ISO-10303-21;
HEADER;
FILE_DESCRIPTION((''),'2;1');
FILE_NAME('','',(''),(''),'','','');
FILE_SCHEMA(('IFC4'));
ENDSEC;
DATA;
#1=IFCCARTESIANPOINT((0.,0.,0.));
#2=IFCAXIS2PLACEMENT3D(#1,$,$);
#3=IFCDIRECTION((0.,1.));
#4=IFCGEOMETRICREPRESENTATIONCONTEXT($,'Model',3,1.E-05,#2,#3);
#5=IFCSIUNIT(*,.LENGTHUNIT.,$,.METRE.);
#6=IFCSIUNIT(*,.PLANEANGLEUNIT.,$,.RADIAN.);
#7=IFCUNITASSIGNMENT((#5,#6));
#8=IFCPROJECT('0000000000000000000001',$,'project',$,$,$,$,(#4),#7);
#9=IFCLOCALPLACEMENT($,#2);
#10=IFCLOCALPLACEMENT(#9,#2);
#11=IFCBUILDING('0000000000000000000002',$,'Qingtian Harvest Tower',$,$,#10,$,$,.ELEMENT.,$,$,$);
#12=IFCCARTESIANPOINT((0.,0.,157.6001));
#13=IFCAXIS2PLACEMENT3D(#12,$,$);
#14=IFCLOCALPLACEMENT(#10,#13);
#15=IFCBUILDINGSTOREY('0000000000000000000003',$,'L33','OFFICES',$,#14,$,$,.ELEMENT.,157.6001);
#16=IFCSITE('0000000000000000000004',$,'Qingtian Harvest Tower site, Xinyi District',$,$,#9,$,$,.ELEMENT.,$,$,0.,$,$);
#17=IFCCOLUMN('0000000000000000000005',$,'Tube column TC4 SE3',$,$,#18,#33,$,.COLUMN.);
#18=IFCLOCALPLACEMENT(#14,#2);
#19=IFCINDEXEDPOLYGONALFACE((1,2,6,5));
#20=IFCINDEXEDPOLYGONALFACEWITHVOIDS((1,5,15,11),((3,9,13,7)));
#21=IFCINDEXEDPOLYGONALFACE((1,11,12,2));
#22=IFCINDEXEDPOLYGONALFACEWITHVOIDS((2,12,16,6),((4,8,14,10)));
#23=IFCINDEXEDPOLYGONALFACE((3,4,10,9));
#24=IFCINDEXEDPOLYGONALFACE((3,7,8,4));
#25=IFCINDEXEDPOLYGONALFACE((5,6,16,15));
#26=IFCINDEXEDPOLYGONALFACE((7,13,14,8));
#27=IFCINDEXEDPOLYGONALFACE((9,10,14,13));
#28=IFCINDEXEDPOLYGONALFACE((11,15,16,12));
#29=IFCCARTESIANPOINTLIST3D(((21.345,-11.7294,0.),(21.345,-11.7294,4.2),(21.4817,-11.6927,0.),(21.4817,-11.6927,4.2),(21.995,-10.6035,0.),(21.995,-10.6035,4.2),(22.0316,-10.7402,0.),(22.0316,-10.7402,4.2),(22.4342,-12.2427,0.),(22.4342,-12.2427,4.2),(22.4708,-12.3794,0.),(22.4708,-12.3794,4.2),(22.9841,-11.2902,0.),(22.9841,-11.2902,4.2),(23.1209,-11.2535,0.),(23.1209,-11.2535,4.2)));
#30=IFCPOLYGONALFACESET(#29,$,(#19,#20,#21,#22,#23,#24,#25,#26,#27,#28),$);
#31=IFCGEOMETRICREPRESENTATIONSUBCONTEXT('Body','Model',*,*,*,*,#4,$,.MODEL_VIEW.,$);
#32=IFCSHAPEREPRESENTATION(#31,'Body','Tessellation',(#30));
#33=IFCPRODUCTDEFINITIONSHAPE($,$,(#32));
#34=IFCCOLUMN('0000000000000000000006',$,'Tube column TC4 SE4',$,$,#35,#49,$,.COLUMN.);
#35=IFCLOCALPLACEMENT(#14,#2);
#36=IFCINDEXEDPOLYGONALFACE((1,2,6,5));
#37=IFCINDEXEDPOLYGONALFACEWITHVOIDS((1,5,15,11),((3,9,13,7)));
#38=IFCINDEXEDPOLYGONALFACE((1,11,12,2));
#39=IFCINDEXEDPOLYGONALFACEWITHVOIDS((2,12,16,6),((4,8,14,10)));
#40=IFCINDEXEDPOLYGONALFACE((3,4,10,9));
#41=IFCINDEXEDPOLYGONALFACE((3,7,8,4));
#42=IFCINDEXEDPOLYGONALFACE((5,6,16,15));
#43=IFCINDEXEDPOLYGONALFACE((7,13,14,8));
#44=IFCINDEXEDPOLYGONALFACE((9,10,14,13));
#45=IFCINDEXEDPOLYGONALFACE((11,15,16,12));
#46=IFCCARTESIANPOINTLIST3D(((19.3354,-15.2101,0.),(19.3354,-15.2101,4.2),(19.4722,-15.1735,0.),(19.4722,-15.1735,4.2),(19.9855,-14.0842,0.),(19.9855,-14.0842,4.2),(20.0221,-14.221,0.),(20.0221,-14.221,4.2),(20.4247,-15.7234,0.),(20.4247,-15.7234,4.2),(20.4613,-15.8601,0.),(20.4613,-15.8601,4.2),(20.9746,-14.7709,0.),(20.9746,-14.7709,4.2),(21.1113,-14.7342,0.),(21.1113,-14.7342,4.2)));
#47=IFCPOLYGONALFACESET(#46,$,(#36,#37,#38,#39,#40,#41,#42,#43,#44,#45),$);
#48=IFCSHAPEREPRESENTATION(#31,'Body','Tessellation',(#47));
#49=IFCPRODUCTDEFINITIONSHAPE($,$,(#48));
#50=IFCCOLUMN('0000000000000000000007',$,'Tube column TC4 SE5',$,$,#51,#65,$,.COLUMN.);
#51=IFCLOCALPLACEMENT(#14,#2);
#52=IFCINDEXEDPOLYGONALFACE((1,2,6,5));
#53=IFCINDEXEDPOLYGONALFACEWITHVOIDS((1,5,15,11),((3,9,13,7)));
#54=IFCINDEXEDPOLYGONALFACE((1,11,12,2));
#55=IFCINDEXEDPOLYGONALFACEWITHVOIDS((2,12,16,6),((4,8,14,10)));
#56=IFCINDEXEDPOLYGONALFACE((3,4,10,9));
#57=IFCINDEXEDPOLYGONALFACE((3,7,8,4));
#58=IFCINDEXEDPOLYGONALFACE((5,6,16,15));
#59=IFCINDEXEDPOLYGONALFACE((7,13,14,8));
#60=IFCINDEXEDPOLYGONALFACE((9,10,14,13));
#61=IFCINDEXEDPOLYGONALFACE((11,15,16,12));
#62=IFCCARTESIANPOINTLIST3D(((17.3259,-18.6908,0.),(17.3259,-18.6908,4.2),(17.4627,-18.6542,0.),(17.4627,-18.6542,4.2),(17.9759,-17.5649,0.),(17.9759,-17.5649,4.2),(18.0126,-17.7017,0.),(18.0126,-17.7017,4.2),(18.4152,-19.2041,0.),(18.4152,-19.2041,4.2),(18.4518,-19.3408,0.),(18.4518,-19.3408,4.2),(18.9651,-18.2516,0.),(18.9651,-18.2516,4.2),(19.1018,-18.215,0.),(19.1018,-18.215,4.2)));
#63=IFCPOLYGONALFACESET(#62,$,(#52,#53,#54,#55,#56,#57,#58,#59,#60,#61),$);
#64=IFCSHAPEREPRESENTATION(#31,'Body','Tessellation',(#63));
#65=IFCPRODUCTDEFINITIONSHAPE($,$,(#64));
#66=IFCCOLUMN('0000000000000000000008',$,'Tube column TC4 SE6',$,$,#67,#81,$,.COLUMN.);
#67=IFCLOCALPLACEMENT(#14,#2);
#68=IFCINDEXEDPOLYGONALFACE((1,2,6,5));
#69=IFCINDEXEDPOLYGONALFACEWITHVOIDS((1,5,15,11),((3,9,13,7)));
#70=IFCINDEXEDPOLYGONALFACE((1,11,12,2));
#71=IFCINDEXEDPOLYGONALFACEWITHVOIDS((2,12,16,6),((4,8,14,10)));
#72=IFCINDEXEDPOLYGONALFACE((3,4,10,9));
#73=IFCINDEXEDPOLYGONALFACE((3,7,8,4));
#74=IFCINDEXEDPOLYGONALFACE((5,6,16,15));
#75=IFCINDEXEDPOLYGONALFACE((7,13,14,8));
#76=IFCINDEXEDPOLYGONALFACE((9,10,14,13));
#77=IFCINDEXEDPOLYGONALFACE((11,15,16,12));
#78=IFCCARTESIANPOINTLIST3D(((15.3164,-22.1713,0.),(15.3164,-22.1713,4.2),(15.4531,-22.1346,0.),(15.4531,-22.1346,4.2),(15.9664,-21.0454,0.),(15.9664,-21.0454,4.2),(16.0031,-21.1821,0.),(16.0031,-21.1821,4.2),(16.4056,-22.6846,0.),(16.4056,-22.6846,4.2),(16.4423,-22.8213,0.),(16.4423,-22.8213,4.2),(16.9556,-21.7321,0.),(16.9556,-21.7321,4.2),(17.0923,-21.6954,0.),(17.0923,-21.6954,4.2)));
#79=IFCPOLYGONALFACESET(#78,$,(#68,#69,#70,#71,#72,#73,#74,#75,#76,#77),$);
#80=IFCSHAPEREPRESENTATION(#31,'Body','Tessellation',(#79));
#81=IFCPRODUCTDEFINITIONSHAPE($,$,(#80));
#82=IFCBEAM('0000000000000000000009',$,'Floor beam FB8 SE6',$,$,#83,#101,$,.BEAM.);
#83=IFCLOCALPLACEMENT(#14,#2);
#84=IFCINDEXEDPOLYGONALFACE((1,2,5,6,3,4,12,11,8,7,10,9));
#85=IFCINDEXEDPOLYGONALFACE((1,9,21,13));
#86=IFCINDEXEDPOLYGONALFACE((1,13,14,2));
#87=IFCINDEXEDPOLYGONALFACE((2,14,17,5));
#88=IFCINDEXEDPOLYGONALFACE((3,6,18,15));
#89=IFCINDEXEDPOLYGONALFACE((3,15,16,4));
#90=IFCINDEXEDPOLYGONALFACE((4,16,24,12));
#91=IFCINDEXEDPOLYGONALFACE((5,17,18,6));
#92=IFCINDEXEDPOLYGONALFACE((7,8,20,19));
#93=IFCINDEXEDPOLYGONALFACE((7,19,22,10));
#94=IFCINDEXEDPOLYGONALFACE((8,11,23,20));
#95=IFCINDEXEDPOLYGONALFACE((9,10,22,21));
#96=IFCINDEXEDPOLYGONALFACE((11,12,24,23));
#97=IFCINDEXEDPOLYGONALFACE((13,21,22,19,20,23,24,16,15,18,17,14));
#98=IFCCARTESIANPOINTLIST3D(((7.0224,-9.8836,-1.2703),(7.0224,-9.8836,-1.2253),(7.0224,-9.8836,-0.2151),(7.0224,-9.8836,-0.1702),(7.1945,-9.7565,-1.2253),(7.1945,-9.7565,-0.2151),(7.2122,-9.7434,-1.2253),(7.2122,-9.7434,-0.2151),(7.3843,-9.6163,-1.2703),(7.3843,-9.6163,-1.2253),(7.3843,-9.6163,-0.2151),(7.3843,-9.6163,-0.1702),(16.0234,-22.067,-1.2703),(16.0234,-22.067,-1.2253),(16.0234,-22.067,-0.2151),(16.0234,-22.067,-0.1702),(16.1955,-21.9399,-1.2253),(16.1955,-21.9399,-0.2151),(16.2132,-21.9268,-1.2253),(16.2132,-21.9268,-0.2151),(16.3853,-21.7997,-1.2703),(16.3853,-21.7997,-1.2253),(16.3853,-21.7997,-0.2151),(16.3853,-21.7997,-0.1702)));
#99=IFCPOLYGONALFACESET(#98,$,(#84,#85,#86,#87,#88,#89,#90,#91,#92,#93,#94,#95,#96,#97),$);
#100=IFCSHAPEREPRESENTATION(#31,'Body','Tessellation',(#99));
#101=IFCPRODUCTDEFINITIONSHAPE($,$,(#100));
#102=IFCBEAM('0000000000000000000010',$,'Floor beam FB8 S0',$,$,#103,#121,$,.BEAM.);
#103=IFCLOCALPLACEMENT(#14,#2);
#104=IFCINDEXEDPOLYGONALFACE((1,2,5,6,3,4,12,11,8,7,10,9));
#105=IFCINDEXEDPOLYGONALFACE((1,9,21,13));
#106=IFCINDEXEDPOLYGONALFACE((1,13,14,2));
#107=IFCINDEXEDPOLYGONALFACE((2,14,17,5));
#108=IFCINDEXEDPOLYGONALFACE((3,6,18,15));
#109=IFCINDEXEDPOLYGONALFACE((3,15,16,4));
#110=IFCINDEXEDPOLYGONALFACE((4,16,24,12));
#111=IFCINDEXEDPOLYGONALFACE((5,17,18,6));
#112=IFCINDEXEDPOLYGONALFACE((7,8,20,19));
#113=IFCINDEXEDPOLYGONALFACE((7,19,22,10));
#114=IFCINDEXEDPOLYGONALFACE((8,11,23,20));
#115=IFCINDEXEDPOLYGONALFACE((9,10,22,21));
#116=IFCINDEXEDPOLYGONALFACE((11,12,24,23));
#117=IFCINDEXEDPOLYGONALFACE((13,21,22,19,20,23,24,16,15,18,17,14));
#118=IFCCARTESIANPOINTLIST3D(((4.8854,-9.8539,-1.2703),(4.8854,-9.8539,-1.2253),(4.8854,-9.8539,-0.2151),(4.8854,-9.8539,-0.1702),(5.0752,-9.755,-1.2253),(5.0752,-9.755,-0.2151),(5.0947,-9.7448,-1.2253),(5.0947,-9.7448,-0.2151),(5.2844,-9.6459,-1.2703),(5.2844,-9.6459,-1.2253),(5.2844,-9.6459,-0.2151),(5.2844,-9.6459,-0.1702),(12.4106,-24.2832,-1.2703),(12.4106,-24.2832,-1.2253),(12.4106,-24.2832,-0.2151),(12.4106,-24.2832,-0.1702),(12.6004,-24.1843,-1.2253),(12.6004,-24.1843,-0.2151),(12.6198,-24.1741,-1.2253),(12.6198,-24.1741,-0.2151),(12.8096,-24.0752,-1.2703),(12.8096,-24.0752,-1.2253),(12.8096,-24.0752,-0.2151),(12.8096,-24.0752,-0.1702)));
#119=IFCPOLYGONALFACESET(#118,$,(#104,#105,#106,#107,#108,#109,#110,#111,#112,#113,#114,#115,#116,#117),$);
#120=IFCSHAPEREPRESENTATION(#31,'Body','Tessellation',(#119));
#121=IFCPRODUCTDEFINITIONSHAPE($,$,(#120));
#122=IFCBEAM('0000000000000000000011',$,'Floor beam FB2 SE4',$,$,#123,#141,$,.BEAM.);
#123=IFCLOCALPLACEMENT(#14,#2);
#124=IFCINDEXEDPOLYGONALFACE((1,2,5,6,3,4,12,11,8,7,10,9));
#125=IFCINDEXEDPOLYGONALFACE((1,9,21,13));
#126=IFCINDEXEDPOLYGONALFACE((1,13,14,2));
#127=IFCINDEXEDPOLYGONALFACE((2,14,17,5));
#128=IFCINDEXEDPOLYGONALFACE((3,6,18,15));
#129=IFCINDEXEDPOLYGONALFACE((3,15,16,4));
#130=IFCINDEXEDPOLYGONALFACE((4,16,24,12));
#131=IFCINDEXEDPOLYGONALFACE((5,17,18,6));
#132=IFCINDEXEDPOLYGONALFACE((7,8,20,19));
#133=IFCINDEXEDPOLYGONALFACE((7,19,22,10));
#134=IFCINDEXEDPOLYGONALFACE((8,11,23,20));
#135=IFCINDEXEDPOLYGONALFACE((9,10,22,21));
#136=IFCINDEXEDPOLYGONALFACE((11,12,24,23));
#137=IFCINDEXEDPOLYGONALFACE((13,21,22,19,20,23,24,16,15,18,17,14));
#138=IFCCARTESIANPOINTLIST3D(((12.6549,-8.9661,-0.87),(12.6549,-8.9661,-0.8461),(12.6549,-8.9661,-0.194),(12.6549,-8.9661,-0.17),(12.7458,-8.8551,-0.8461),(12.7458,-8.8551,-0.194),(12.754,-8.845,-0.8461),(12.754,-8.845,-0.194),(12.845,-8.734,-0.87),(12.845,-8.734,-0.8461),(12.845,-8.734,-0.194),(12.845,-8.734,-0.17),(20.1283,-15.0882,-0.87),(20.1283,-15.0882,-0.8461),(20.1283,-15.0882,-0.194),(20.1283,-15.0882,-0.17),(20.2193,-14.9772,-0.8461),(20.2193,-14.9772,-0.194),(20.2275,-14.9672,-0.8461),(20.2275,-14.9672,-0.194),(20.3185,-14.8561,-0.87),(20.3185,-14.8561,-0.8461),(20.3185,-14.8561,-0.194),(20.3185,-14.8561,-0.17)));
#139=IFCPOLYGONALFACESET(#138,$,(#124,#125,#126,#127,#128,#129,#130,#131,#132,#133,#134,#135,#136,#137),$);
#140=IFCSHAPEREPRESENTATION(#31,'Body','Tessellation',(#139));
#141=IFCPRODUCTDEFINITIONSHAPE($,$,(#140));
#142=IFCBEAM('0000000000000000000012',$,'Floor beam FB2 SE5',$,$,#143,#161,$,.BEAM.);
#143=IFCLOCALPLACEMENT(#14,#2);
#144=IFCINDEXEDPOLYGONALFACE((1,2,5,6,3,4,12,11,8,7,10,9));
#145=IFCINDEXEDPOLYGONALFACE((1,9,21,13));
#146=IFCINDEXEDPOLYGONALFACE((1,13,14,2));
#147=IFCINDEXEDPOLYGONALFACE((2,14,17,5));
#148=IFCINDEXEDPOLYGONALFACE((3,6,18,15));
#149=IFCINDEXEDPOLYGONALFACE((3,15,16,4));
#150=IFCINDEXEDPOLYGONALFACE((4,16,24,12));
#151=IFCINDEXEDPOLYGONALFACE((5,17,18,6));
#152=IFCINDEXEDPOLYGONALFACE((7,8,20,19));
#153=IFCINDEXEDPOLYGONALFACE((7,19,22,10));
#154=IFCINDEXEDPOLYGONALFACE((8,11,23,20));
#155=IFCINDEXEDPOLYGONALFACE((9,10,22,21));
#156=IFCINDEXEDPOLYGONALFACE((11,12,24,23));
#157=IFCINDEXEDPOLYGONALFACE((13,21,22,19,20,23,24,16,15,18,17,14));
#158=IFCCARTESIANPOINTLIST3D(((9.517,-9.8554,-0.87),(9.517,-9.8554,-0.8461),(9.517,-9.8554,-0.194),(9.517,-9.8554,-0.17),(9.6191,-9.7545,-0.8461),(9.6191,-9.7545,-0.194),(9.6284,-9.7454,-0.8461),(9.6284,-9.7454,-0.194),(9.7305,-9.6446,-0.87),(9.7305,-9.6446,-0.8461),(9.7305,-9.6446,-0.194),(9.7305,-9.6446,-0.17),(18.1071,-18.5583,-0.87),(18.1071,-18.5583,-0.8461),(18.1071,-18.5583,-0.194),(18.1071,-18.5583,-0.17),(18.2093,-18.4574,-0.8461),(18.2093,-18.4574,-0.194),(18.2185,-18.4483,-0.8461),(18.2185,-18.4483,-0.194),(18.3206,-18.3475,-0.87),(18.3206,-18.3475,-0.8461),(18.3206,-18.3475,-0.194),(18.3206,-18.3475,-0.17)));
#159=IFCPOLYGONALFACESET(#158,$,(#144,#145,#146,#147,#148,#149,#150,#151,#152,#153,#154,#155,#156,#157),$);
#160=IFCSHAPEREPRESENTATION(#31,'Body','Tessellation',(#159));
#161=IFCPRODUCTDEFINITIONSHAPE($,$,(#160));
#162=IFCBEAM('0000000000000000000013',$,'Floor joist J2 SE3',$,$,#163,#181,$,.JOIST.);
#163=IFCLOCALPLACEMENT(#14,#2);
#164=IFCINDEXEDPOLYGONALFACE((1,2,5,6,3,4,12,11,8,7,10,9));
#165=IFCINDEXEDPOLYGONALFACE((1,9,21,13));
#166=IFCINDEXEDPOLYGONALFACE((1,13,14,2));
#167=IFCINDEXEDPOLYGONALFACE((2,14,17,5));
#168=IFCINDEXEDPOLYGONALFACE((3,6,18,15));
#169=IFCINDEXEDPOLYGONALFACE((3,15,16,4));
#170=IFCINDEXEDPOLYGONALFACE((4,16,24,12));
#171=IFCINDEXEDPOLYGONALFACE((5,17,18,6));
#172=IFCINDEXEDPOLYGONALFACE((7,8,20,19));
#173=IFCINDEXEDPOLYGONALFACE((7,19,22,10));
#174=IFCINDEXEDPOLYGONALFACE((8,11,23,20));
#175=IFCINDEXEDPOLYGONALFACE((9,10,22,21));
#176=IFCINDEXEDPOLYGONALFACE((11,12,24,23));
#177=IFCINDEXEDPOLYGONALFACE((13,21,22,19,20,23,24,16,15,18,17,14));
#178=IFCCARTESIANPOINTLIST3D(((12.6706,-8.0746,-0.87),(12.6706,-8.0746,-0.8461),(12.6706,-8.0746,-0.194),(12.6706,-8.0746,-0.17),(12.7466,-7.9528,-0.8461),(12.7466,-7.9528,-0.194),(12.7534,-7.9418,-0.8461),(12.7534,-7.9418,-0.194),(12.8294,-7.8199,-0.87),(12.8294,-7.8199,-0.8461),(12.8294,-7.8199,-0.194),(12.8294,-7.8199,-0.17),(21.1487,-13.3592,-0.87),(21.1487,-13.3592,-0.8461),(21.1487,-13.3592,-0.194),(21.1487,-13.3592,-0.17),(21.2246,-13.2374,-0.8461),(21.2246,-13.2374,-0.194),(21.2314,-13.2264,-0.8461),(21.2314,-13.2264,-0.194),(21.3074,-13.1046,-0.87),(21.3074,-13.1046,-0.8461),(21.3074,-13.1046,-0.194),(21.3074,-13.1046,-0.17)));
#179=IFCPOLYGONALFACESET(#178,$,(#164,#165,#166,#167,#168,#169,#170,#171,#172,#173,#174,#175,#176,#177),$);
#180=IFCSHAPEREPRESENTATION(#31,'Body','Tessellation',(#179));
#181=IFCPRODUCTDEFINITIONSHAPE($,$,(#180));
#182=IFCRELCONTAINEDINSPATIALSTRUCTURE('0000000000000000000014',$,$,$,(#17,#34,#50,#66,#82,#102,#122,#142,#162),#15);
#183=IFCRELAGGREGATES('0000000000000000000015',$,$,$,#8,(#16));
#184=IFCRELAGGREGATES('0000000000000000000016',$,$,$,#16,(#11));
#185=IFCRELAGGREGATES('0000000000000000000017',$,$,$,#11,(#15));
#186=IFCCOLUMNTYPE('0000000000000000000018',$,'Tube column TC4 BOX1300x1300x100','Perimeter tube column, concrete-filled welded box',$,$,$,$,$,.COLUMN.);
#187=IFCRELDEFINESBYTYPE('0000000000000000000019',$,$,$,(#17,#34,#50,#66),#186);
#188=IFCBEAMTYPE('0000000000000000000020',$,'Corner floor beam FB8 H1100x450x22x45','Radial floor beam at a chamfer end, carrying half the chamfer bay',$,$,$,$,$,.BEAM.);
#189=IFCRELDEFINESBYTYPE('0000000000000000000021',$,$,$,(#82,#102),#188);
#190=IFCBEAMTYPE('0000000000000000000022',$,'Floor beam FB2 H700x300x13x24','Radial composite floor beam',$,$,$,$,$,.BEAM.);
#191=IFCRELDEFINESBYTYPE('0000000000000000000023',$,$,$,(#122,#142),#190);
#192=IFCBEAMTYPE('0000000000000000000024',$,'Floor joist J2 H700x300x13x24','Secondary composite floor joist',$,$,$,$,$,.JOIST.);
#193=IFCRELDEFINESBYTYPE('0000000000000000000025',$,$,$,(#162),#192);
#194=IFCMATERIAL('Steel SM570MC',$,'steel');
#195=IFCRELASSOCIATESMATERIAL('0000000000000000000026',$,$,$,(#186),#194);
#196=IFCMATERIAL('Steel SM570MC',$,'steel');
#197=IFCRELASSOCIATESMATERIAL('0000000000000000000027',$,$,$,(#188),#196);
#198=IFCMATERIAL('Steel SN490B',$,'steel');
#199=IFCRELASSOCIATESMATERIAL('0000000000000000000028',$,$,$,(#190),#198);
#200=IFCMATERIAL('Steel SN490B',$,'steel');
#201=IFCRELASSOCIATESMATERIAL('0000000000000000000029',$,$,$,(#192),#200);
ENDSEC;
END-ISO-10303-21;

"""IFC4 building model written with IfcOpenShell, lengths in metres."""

from ifc_helpers import new_model, si_unit, direction, frame, origin, origin_2d, place, context, subcontext, project, spatial, hollow_rectangle, i_section, extrude, material, material_profile, profile_set, type_object, element, save


model = new_model("IFC4")

# Units and contexts
model_context = context("Model", 3, precision=1e-05, world=origin(), true_north=direction((0.0, 1.0)))
body_context = subcontext(model_context, "Body", "Model", "MODEL_VIEW")
ifc_project = project(units=[si_unit("LENGTHUNIT", "METRE"), si_unit("PLANEANGLEUNIT", "RADIAN")], contexts=[model_context])

# Site, building, storey
site_placement = place(None, origin())
site = spatial("IfcSite", under=ifc_project, at=site_placement, Name="Qingtian Harvest Tower site, Xinyi District", CompositionType="ELEMENT", RefElevation=0.0)
building_placement = place(site_placement, origin())
building = spatial("IfcBuilding", under=site, at=building_placement, Name="Qingtian Harvest Tower", CompositionType="ELEMENT")
storey_placement = place(building_placement, frame((0.0, 0.0, 157.6001)))
storey = spatial("IfcBuildingStorey", under=building, at=storey_placement, Name="L33", Description="OFFICES", CompositionType="ELEMENT", Elevation=157.6001)

# Columns
ifc_material_1 = material(Name="Steel SM570MC", Category="steel")
ifc_material_profile_1 = material_profile(ifc_material_1, hollow_rectangle(XDim=1.3, YDim=1.3, WallThickness=0.1001, at=origin_2d()), Name="BOX1300x1300x100")
ifc_profile_set_1 = profile_set([ifc_material_profile_1], Name="Steel SM570MC")
column_type = type_object("IfcColumnType", Name="Tube column TC4 BOX1300x1300x100", Description="Perimeter tube column, concrete-filled welded box", PredefinedType="COLUMN", material=ifc_profile_set_1)
for number, where, z_axis, x_axis, name in (
    (1, (22.2329, -11.4915, 0.0), (0.0, 0.0, 1.0), (0.5, 0.866025, 0.0), "Tube column TC4 SE3"),
    (2, (20.2234, -14.9722, 0.0), (0.0, 0.0, 1.0), (0.5, 0.866025, 0.0), "Tube column TC4 SE4"),
    (3, (18.2139, -18.4529, 0.0), (0.0, 0.0, 1.0), (0.5, 0.866025, 0.0), "Tube column TC4 SE5"),
    (4, (16.2043, -21.9333, 0.0), (0.0, 0.0, 1.0), (0.5, 0.866025, 0.0), "Tube column TC4 SE6"),
):
    element("IfcColumn", number, at=place(storey_placement, frame(where, z_axis=z_axis, x_axis=x_axis)), inside=storey, type_object=column_type, Name=name, PredefinedType="COLUMN", context=body_context, shape_type="SweptSolid", body=[
        extrude(hollow_rectangle(XDim=1.3, YDim=1.3, WallThickness=0.1001, at=origin_2d()), origin(), (0.0, 0.0, 1.0), 4.2),
    ])

# Beams
ifc_material_2 = material(Name="Steel SM570MC", Category="steel")
ifc_material_profile_2 = material_profile(ifc_material_2, i_section(OverallWidth=0.45, OverallDepth=1.1001, WebThickness=0.022, FlangeThickness=0.0449, at=origin_2d()), Name="H1100x450x22x45")
ifc_profile_set_2 = profile_set([ifc_material_profile_2], Name="Steel SM570MC")
beam_type_1 = type_object("IfcBeamType", Name="Corner floor beam FB8 H1100x450x22x45", Description="Radial floor beam at a chamfer end, carrying half the chamfer bay", PredefinedType="BEAM", material=ifc_profile_set_2)
beam_1_placement = place(storey_placement, frame((16.2043, -21.9333, -0.7202), z_axis=(-0.594216, 0.804306, 0.0), x_axis=(-0.804306, -0.594216, 0.0)))
element("IfcBeam", 5, at=beam_1_placement, inside=storey, type_object=beam_type_1, Name="Floor beam FB8 SE6", PredefinedType="BEAM", context=body_context, shape_type="SweptSolid", body=[
    extrude(i_section(OverallWidth=0.45, OverallDepth=1.1001, WebThickness=0.022, FlangeThickness=0.0449, at=origin_2d()), origin(), (0.0, 0.0, 1.0), 15.1477),
])
beam_2_placement = place(storey_placement, frame((12.6101, -24.1792, -0.7202), z_axis=(-0.462415, 0.886664, 0.0), x_axis=(-0.886664, -0.462415, 0.0)))
element("IfcBeam", 6, at=beam_2_placement, inside=storey, type_object=beam_type_1, Name="Floor beam FB8 S0", PredefinedType="BEAM", context=body_context, shape_type="SweptSolid", body=[
    extrude(i_section(OverallWidth=0.45, OverallDepth=1.1001, WebThickness=0.022, FlangeThickness=0.0449, at=origin_2d()), origin(), (0.0, 0.0, 1.0), 16.2737),
])
ifc_material_3 = material(Name="Steel SN490B", Category="steel")
ifc_material_profile_3 = material_profile(ifc_material_3, i_section(OverallWidth=0.3, OverallDepth=0.7, WebThickness=0.0129, FlangeThickness=0.0239, at=origin_2d()), Name="H700x300x13x24")
ifc_profile_set_3 = profile_set([ifc_material_profile_3], Name="Steel SN490B")
beam_type_2 = type_object("IfcBeamType", Name="Floor beam FB2 H700x300x13x24", Description="Radial composite floor beam", PredefinedType="BEAM", material=ifc_profile_set_3)
beam_3_placement = place(storey_placement, frame((20.2234, -14.9722, -0.52), z_axis=(-0.773578, 0.633701, 0.0), x_axis=(-0.633701, -0.773578, 0.0)))
element("IfcBeam", 7, at=beam_3_placement, inside=storey, type_object=beam_type_2, Name="Floor beam FB2 SE4", PredefinedType="BEAM", context=body_context, shape_type="SweptSolid", body=[
    extrude(i_section(OverallWidth=0.3, OverallDepth=0.7, WebThickness=0.0129, FlangeThickness=0.0239, at=origin_2d()), origin(), (0.0, 0.0, 1.0), 9.6609),
])
beam_4_placement = place(storey_placement, frame((18.2139, -18.4529, -0.52), z_axis=(-0.70248, 0.711704, 0.0), x_axis=(-0.711704, -0.70248, 0.0)))
element("IfcBeam", 8, at=beam_4_placement, inside=storey, type_object=beam_type_2, Name="Floor beam FB2 SE5", PredefinedType="BEAM", context=body_context, shape_type="SweptSolid", body=[
    extrude(i_section(OverallWidth=0.3, OverallDepth=0.7, WebThickness=0.0129, FlangeThickness=0.0239, at=origin_2d()), origin(), (0.0, 0.0, 1.0), 12.2283),
])
ifc_material_4 = material(Name="Steel SN490B", Category="steel")
ifc_material_profile_4 = material_profile(ifc_material_4, i_section(OverallWidth=0.3, OverallDepth=0.7, WebThickness=0.0129, FlangeThickness=0.0239, at=origin_2d()), Name="H700x300x13x24")
ifc_profile_set_4 = profile_set([ifc_material_profile_4], Name="Steel SN490B")
beam_type_3 = type_object("IfcBeamType", Name="Floor joist J2 H700x300x13x24", Description="Secondary composite floor joist", PredefinedType="JOIST", material=ifc_profile_set_4)
beam_5_placement = place(storey_placement, frame((21.228, -13.2319, -0.52), z_axis=(-0.848632, 0.528984, 0.0), x_axis=(-0.528984, -0.848632, 0.0)))
element("IfcBeam", 9, at=beam_5_placement, inside=storey, type_object=beam_type_3, Name="Floor joist J2 SE3", PredefinedType="JOIST", context=body_context, shape_type="SweptSolid", body=[
    extrude(i_section(OverallWidth=0.3, OverallDepth=0.7, WebThickness=0.0129, FlangeThickness=0.0239, at=origin_2d()), origin(), (0.0, 0.0, 1.0), 9.9902),
])

save(model, "model.ifc")
